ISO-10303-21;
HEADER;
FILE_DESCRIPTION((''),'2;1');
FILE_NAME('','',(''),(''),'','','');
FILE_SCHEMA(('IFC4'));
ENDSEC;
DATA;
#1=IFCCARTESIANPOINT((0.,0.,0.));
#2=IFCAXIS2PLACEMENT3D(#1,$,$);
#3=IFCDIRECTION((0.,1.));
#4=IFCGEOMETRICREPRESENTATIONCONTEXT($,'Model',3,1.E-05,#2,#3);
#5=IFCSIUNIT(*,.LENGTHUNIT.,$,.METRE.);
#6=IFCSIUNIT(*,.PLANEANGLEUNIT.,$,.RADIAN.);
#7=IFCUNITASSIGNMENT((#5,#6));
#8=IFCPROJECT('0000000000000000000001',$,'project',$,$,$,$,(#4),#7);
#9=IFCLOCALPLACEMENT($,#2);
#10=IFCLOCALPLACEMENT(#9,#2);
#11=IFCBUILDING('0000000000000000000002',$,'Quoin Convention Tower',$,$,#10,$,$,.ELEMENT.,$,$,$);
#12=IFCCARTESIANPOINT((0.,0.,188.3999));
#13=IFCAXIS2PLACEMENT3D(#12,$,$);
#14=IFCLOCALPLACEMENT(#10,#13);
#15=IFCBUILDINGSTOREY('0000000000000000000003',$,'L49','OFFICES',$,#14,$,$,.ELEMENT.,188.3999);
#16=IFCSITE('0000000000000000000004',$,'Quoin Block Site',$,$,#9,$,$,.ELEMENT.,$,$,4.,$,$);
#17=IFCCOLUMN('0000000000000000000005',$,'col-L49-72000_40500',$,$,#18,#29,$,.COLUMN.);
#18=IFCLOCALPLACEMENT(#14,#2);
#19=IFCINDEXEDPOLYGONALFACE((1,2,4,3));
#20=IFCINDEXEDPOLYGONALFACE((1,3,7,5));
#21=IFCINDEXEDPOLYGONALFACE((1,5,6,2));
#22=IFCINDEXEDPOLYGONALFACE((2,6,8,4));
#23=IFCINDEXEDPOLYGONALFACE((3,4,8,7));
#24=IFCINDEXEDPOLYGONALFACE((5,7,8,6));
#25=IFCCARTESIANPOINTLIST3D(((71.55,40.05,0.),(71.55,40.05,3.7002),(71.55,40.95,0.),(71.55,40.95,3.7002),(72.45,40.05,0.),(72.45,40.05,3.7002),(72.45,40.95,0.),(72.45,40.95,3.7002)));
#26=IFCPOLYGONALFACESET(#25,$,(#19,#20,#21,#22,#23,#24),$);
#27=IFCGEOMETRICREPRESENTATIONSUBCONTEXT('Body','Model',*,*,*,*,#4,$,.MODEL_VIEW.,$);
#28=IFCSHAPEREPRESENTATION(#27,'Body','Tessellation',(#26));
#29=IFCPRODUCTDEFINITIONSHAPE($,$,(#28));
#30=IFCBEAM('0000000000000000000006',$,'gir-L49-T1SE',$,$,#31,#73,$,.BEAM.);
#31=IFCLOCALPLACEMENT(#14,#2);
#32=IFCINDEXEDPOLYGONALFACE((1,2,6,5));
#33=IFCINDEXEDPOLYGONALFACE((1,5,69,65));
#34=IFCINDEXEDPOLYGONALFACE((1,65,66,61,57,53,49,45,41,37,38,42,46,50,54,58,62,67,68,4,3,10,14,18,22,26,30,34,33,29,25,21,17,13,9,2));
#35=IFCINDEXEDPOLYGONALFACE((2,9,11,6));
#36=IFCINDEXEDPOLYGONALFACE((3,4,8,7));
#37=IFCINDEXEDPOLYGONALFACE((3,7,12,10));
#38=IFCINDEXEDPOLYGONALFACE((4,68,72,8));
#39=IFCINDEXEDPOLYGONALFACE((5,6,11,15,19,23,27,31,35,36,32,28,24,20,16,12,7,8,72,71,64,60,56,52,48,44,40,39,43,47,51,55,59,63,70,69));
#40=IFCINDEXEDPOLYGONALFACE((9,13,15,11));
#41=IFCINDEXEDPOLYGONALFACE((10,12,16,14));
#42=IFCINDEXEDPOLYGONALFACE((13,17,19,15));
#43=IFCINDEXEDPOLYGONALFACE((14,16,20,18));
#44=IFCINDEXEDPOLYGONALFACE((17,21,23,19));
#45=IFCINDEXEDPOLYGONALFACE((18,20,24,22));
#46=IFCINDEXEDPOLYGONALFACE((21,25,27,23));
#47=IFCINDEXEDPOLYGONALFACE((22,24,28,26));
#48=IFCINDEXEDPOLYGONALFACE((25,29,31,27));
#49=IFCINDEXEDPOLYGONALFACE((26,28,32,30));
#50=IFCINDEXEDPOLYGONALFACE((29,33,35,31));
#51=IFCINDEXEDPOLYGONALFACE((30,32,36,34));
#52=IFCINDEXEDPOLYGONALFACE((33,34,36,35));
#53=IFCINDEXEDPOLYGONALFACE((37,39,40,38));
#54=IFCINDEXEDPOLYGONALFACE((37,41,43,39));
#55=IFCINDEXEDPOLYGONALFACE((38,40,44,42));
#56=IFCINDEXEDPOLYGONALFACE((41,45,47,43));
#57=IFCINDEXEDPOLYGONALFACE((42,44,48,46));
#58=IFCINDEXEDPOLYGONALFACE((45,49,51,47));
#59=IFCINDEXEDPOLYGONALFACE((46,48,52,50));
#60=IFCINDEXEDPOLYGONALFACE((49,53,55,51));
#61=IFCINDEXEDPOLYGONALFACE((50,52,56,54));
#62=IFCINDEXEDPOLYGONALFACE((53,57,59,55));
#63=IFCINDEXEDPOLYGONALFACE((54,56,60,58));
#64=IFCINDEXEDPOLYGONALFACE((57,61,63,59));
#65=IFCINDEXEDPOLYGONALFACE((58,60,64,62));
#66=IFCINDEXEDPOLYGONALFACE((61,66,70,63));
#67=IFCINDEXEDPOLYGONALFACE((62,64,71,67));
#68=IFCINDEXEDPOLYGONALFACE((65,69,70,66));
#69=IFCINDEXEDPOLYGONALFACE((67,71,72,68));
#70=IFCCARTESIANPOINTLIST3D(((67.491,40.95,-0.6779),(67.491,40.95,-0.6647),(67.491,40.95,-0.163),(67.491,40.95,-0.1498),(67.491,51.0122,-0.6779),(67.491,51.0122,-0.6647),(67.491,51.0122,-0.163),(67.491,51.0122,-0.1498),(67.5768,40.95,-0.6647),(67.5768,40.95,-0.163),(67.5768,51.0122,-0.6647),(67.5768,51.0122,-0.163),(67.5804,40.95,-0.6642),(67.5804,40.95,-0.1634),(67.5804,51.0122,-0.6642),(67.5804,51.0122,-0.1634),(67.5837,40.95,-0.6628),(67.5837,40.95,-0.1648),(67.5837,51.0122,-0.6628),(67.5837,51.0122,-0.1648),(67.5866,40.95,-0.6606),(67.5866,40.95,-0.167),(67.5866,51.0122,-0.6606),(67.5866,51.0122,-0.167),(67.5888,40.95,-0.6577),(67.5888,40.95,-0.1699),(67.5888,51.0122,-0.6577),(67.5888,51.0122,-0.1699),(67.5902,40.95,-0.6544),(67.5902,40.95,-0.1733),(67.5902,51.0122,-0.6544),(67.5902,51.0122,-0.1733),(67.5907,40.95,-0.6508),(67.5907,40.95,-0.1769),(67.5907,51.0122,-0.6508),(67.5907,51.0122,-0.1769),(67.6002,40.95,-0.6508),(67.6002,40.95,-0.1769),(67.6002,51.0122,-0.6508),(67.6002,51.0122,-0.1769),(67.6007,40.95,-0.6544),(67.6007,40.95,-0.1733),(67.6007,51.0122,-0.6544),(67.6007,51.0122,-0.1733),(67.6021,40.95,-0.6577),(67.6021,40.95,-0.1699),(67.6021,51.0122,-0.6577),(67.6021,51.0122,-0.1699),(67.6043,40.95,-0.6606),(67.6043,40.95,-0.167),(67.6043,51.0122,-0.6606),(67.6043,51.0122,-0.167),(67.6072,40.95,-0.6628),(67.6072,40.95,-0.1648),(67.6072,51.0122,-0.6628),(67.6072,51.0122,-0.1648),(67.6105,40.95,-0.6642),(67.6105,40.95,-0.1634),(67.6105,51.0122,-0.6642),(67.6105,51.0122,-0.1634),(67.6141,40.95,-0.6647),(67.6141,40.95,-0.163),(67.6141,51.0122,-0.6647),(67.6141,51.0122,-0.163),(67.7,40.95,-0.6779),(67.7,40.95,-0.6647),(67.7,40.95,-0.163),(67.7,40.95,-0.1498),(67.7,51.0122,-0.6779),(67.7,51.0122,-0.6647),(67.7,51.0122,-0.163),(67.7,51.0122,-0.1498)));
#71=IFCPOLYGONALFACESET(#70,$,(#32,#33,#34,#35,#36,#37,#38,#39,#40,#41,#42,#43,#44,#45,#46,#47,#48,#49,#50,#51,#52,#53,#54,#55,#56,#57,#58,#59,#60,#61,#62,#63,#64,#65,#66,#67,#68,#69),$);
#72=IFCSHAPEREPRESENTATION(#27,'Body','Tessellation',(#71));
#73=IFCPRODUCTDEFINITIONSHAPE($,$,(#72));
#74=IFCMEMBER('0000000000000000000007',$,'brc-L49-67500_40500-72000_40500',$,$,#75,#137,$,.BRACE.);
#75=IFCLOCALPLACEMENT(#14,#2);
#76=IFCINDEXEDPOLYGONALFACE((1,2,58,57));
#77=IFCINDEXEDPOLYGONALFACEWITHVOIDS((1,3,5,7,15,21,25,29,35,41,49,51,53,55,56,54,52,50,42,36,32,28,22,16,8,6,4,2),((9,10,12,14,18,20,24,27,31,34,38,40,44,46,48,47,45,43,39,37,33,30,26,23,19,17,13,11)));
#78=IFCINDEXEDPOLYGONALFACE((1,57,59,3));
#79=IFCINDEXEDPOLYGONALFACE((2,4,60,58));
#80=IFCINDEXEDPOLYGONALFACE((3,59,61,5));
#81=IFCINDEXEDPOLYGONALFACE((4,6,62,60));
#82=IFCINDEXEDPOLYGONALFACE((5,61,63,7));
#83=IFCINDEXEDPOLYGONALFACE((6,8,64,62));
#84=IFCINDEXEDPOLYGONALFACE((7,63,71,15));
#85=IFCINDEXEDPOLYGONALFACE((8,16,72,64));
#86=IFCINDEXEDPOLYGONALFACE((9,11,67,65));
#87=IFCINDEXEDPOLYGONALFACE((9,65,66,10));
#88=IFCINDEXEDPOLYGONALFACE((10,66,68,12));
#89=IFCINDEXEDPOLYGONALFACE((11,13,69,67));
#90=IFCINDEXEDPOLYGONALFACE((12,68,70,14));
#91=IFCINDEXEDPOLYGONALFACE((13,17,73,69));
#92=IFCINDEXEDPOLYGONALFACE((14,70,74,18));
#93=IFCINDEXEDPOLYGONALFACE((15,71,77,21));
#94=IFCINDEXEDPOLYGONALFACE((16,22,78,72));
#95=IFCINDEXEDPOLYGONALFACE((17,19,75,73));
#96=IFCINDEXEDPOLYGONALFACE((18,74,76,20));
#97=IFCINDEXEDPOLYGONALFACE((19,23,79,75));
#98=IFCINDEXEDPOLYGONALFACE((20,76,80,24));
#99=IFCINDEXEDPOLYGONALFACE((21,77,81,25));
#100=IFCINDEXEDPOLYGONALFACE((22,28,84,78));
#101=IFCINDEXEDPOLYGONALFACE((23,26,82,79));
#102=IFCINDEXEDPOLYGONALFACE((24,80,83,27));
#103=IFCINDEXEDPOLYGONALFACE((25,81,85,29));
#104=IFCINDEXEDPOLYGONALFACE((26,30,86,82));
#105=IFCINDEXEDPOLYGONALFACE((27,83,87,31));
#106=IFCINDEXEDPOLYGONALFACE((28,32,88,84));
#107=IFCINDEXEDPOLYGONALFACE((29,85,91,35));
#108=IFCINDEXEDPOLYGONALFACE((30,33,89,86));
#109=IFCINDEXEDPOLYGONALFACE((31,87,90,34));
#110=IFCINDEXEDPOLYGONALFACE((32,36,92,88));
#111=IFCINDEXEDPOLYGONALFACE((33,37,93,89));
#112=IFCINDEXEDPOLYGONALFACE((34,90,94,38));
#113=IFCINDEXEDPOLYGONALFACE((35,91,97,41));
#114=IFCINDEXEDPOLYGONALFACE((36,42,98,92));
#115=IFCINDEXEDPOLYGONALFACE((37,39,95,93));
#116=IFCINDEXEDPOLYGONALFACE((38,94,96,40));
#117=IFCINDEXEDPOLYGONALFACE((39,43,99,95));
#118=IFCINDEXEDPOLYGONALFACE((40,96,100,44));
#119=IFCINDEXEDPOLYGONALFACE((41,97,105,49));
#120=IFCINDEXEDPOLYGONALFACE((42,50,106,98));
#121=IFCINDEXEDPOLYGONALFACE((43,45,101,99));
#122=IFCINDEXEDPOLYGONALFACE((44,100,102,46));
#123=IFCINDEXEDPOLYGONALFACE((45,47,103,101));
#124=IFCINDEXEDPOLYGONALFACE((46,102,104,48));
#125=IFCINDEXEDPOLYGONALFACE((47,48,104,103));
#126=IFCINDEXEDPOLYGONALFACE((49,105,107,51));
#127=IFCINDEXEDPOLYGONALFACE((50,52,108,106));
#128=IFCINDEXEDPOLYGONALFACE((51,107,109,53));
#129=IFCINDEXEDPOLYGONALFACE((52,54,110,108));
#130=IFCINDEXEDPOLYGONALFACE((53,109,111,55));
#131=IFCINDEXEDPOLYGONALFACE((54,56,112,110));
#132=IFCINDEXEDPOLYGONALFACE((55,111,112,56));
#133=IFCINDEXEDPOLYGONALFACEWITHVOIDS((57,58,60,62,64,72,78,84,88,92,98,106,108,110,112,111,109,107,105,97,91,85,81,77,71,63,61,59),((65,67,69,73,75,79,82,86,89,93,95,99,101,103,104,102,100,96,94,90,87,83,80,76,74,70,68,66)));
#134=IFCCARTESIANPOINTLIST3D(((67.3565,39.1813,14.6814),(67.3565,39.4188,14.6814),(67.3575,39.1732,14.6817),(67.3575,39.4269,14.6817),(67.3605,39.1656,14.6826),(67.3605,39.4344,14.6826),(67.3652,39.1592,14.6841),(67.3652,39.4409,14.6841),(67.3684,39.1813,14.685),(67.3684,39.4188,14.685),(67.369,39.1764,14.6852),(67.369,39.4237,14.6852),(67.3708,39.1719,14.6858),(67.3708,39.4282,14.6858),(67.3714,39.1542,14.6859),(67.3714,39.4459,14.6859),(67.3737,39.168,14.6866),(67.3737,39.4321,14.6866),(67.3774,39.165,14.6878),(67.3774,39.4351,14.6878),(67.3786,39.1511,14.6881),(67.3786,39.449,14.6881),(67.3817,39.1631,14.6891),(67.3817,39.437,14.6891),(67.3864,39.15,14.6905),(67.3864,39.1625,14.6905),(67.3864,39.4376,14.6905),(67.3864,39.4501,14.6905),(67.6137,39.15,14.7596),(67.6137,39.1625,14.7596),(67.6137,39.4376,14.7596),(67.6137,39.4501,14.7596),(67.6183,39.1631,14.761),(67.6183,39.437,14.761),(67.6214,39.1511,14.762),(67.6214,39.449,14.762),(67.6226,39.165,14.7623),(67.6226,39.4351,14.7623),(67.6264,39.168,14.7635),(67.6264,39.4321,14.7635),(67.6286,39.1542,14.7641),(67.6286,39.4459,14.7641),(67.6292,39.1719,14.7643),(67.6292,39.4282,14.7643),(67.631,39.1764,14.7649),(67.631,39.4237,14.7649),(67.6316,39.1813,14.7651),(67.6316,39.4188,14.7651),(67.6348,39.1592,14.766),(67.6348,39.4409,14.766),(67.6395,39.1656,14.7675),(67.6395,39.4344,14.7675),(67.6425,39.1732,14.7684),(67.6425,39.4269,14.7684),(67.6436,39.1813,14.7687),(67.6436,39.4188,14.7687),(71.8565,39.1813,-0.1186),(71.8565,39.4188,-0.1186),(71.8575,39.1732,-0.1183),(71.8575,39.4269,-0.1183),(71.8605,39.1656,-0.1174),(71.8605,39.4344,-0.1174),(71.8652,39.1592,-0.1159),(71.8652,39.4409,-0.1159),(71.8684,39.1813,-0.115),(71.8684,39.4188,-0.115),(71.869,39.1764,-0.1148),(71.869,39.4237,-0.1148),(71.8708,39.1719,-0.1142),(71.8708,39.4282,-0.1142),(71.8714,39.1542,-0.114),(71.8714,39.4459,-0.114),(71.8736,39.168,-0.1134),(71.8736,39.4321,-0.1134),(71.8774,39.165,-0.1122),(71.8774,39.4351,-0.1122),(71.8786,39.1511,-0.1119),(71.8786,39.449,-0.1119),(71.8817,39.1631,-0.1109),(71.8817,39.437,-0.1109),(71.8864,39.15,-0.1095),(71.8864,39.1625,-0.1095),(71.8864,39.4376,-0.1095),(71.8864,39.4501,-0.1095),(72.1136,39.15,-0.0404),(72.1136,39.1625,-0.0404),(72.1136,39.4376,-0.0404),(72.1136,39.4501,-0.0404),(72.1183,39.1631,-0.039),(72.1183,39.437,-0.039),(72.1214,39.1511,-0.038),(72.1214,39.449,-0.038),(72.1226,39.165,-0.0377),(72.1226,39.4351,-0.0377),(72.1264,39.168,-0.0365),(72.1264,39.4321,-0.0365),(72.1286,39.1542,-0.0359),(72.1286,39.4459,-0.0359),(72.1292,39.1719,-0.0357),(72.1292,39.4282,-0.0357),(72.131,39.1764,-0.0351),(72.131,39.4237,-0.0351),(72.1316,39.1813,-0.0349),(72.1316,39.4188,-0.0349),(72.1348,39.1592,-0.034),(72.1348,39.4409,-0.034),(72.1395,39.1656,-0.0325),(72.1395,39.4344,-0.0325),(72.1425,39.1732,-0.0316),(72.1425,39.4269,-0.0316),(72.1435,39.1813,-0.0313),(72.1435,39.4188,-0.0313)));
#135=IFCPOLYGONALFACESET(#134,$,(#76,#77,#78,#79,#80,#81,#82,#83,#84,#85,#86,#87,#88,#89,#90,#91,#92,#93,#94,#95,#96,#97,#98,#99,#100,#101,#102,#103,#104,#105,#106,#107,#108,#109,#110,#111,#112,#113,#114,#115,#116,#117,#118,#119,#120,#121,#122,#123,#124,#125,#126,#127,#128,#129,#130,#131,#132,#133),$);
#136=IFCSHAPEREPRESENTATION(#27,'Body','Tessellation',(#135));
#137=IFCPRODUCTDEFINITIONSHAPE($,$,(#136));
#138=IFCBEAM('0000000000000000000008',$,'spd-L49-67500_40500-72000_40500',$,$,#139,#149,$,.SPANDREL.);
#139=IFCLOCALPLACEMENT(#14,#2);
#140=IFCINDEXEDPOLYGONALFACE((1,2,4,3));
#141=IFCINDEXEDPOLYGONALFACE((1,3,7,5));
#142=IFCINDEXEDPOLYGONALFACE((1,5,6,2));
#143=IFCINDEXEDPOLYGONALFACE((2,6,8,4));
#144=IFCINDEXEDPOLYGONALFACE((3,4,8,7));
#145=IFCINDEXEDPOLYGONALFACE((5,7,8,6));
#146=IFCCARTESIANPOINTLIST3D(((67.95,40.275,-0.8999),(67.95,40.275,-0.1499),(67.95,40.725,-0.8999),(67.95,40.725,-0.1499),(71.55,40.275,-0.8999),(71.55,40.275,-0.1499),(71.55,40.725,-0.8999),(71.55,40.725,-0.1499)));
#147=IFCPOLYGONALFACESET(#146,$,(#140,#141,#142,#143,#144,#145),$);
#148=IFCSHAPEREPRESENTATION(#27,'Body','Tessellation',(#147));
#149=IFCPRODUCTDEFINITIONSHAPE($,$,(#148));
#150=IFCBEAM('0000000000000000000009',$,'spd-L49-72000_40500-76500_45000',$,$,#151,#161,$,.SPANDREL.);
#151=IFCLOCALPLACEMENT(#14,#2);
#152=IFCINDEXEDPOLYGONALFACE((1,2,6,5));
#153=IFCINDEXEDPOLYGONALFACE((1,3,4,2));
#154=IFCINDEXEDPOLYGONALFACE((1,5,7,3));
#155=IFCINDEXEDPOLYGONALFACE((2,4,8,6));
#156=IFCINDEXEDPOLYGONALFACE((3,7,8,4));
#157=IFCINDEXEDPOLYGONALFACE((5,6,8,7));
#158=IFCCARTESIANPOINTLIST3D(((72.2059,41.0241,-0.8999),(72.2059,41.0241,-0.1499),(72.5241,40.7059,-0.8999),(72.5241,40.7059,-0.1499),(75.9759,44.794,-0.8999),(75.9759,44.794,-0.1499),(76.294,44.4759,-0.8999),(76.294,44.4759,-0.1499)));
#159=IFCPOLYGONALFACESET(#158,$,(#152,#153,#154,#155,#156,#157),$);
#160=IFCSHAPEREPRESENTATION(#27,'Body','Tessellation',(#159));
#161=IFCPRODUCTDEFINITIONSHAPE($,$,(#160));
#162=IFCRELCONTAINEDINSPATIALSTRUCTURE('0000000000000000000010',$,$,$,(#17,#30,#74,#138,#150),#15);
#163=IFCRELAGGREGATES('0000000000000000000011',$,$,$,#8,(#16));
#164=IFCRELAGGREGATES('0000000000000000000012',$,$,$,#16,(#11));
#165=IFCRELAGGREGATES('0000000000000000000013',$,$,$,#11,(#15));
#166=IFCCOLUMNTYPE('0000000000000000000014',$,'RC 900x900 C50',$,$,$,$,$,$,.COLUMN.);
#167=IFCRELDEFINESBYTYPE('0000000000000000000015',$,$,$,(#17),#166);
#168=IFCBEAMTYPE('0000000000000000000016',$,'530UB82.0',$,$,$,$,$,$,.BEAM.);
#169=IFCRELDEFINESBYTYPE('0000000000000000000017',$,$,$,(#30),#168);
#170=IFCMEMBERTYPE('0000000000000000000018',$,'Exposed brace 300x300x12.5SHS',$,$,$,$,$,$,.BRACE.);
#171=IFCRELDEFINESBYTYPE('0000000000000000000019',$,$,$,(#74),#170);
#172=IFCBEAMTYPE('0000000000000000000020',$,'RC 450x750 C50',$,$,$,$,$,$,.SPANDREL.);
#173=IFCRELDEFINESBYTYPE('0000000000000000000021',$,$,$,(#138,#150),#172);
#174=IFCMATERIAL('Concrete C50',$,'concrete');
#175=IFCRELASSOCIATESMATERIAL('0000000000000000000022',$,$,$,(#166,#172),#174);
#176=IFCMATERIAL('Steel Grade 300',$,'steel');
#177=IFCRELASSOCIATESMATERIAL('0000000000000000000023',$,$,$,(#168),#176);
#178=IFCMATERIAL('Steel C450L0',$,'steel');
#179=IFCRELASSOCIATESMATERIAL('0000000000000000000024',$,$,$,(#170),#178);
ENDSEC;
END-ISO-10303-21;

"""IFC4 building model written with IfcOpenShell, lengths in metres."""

from ifc_helpers import new_model, si_unit, direction, frame, origin, origin_2d, place, context, subcontext, project, spatial, rectangle, hollow_rectangle, i_section, extrude, material, material_profile, profile_set, type_object, element, save


model = new_model("IFC4")

# Units and contexts
model_context = context("Model", 3, precision=1e-05, world=origin(), true_north=direction((0.0, 1.0)))
body_context = subcontext(model_context, "Body", "Model", "MODEL_VIEW")
ifc_project = project(units=[si_unit("LENGTHUNIT", "METRE"), si_unit("PLANEANGLEUNIT", "RADIAN")], contexts=[model_context])

# Site, building, storey
site_placement = place(None, origin())
site = spatial("IfcSite", under=ifc_project, at=site_placement, Name="Quoin Block Site", CompositionType="ELEMENT", RefElevation=4.0)
building_placement = place(site_placement, origin())
building = spatial("IfcBuilding", under=site, at=building_placement, Name="Quoin Convention Tower", CompositionType="ELEMENT")
storey_placement = place(building_placement, frame((0.0, 0.0, 188.3999)))
storey = spatial("IfcBuildingStorey", under=building, at=storey_placement, Name="L49", Description="OFFICES", CompositionType="ELEMENT", Elevation=188.3999)

# Column
ifc_material_1 = material(Name="Concrete C50", Category="concrete")
ifc_material_profile_1 = material_profile(ifc_material_1, rectangle(XDim=0.8999, YDim=0.8999, at=origin_2d()), Name="RC 900x900")
ifc_profile_set_1 = profile_set([ifc_material_profile_1], Name="Concrete C50")
column_type = type_object("IfcColumnType", Name="RC 900x900 C50", PredefinedType="COLUMN", material=ifc_profile_set_1)
column_placement = place(storey_placement, frame((72.0, 40.5, 0.0), z_axis=(0.0, 0.0, 1.0), x_axis=(1.0, 0.0, 0.0)))
element("IfcColumn", 1, at=column_placement, inside=storey, type_object=column_type, Name="col-L49-72000_40500", PredefinedType="COLUMN", context=body_context, shape_type="SweptSolid", body=[
    extrude(rectangle(XDim=0.8999, YDim=0.8999, at=origin_2d()), origin(), (0.0, 0.0, 1.0), 3.7002),
])

# Beam
ifc_material_2 = material(Name="Steel Grade 300", Category="steel")
ifc_material_profile_2 = material_profile(ifc_material_2, i_section(OverallWidth=0.209, OverallDepth=0.5281, WebThickness=0.0095, FlangeThickness=0.0132, FilletRadius=0.0139, at=origin_2d()), Name="530UB82.0")
ifc_profile_set_2 = profile_set([ifc_material_profile_2], Name="Steel Grade 300")
beam_type_1 = type_object("IfcBeamType", Name="530UB82.0", PredefinedType="BEAM", material=ifc_profile_set_2)
beam_1_placement = place(storey_placement, frame((67.5955, 40.95, -0.4138), z_axis=(0.0, 1.0, 0.0), x_axis=(-1.0, 0.0, 0.0)))
element("IfcBeam", 2, at=beam_1_placement, inside=storey, type_object=beam_type_1, Name="gir-L49-T1SE", PredefinedType="BEAM", context=body_context, shape_type="SweptSolid", body=[
    extrude(i_section(OverallWidth=0.209, OverallDepth=0.5281, WebThickness=0.0095, FlangeThickness=0.0132, FilletRadius=0.0139, at=origin_2d()), origin(), (0.0, 0.0, 1.0), 10.0623),
])

# Member
ifc_material_3 = material(Name="Steel C450L0", Category="steel")
ifc_material_profile_3 = material_profile(ifc_material_3, hollow_rectangle(XDim=0.3, YDim=0.3, WallThickness=0.0125, InnerFilletRadius=0.0188, OuterFilletRadius=0.0312, at=origin_2d()), Name="300x300x12.5SHS")
ifc_profile_set_3 = profile_set([ifc_material_profile_3], Name="Steel C450L0")
member_type = type_object("IfcMemberType", Name="Exposed brace 300x300x12.5SHS", PredefinedType="BRACE", material=ifc_profile_set_3)
member_placement = place(storey_placement, frame((72.0, 39.3, -0.075), z_axis=(-0.290903, 0.0, 0.956752), x_axis=(0.0, -1.0, 0.0)))
element("IfcMember", 3, at=member_placement, inside=storey, type_object=member_type, Name="brc-L49-67500_40500-72000_40500", PredefinedType="BRACE", context=body_context, shape_type="SweptSolid", body=[
    extrude(hollow_rectangle(XDim=0.3, YDim=0.3, WallThickness=0.0125, InnerFilletRadius=0.0188, OuterFilletRadius=0.0312, at=origin_2d()), origin(), (0.0, 0.0, 1.0), 15.469),
])

# Beams
ifc_material_profile_4 = material_profile(ifc_material_1, rectangle(XDim=0.45, YDim=0.75, at=origin_2d()), Name="RC 450x750")
ifc_profile_set_4 = profile_set([ifc_material_profile_4], Name="Concrete C50")
beam_type_2 = type_object("IfcBeamType", Name="RC 450x750 C50", PredefinedType="SPANDREL", material=ifc_profile_set_4)
beam_2_placement = place(storey_placement, frame((67.95, 40.5, -0.5249), z_axis=(1.0, 0.0, 0.0), x_axis=(0.0, 1.0, 0.0)))
element("IfcBeam", 4, at=beam_2_placement, inside=storey, type_object=beam_type_2, Name="spd-L49-67500_40500-72000_40500", PredefinedType="SPANDREL", context=body_context, shape_type="SweptSolid", body=[
    extrude(rectangle(XDim=0.45, YDim=0.75, at=origin_2d()), origin(), (0.0, 0.0, 1.0), 3.6001),
])
beam_3_placement = place(storey_placement, frame((72.365, 40.865, -0.5249), z_axis=(0.707107, 0.707107, 0.0), x_axis=(-0.707107, 0.707107, 0.0)))
element("IfcBeam", 5, at=beam_3_placement, inside=storey, type_object=beam_type_2, Name="spd-L49-72000_40500-76500_45000", PredefinedType="SPANDREL", context=body_context, shape_type="SweptSolid", body=[
    extrude(rectangle(XDim=0.45, YDim=0.75, at=origin_2d()), origin(), (0.0, 0.0, 1.0), 5.3315),
])

save(model, "model.ifc")
